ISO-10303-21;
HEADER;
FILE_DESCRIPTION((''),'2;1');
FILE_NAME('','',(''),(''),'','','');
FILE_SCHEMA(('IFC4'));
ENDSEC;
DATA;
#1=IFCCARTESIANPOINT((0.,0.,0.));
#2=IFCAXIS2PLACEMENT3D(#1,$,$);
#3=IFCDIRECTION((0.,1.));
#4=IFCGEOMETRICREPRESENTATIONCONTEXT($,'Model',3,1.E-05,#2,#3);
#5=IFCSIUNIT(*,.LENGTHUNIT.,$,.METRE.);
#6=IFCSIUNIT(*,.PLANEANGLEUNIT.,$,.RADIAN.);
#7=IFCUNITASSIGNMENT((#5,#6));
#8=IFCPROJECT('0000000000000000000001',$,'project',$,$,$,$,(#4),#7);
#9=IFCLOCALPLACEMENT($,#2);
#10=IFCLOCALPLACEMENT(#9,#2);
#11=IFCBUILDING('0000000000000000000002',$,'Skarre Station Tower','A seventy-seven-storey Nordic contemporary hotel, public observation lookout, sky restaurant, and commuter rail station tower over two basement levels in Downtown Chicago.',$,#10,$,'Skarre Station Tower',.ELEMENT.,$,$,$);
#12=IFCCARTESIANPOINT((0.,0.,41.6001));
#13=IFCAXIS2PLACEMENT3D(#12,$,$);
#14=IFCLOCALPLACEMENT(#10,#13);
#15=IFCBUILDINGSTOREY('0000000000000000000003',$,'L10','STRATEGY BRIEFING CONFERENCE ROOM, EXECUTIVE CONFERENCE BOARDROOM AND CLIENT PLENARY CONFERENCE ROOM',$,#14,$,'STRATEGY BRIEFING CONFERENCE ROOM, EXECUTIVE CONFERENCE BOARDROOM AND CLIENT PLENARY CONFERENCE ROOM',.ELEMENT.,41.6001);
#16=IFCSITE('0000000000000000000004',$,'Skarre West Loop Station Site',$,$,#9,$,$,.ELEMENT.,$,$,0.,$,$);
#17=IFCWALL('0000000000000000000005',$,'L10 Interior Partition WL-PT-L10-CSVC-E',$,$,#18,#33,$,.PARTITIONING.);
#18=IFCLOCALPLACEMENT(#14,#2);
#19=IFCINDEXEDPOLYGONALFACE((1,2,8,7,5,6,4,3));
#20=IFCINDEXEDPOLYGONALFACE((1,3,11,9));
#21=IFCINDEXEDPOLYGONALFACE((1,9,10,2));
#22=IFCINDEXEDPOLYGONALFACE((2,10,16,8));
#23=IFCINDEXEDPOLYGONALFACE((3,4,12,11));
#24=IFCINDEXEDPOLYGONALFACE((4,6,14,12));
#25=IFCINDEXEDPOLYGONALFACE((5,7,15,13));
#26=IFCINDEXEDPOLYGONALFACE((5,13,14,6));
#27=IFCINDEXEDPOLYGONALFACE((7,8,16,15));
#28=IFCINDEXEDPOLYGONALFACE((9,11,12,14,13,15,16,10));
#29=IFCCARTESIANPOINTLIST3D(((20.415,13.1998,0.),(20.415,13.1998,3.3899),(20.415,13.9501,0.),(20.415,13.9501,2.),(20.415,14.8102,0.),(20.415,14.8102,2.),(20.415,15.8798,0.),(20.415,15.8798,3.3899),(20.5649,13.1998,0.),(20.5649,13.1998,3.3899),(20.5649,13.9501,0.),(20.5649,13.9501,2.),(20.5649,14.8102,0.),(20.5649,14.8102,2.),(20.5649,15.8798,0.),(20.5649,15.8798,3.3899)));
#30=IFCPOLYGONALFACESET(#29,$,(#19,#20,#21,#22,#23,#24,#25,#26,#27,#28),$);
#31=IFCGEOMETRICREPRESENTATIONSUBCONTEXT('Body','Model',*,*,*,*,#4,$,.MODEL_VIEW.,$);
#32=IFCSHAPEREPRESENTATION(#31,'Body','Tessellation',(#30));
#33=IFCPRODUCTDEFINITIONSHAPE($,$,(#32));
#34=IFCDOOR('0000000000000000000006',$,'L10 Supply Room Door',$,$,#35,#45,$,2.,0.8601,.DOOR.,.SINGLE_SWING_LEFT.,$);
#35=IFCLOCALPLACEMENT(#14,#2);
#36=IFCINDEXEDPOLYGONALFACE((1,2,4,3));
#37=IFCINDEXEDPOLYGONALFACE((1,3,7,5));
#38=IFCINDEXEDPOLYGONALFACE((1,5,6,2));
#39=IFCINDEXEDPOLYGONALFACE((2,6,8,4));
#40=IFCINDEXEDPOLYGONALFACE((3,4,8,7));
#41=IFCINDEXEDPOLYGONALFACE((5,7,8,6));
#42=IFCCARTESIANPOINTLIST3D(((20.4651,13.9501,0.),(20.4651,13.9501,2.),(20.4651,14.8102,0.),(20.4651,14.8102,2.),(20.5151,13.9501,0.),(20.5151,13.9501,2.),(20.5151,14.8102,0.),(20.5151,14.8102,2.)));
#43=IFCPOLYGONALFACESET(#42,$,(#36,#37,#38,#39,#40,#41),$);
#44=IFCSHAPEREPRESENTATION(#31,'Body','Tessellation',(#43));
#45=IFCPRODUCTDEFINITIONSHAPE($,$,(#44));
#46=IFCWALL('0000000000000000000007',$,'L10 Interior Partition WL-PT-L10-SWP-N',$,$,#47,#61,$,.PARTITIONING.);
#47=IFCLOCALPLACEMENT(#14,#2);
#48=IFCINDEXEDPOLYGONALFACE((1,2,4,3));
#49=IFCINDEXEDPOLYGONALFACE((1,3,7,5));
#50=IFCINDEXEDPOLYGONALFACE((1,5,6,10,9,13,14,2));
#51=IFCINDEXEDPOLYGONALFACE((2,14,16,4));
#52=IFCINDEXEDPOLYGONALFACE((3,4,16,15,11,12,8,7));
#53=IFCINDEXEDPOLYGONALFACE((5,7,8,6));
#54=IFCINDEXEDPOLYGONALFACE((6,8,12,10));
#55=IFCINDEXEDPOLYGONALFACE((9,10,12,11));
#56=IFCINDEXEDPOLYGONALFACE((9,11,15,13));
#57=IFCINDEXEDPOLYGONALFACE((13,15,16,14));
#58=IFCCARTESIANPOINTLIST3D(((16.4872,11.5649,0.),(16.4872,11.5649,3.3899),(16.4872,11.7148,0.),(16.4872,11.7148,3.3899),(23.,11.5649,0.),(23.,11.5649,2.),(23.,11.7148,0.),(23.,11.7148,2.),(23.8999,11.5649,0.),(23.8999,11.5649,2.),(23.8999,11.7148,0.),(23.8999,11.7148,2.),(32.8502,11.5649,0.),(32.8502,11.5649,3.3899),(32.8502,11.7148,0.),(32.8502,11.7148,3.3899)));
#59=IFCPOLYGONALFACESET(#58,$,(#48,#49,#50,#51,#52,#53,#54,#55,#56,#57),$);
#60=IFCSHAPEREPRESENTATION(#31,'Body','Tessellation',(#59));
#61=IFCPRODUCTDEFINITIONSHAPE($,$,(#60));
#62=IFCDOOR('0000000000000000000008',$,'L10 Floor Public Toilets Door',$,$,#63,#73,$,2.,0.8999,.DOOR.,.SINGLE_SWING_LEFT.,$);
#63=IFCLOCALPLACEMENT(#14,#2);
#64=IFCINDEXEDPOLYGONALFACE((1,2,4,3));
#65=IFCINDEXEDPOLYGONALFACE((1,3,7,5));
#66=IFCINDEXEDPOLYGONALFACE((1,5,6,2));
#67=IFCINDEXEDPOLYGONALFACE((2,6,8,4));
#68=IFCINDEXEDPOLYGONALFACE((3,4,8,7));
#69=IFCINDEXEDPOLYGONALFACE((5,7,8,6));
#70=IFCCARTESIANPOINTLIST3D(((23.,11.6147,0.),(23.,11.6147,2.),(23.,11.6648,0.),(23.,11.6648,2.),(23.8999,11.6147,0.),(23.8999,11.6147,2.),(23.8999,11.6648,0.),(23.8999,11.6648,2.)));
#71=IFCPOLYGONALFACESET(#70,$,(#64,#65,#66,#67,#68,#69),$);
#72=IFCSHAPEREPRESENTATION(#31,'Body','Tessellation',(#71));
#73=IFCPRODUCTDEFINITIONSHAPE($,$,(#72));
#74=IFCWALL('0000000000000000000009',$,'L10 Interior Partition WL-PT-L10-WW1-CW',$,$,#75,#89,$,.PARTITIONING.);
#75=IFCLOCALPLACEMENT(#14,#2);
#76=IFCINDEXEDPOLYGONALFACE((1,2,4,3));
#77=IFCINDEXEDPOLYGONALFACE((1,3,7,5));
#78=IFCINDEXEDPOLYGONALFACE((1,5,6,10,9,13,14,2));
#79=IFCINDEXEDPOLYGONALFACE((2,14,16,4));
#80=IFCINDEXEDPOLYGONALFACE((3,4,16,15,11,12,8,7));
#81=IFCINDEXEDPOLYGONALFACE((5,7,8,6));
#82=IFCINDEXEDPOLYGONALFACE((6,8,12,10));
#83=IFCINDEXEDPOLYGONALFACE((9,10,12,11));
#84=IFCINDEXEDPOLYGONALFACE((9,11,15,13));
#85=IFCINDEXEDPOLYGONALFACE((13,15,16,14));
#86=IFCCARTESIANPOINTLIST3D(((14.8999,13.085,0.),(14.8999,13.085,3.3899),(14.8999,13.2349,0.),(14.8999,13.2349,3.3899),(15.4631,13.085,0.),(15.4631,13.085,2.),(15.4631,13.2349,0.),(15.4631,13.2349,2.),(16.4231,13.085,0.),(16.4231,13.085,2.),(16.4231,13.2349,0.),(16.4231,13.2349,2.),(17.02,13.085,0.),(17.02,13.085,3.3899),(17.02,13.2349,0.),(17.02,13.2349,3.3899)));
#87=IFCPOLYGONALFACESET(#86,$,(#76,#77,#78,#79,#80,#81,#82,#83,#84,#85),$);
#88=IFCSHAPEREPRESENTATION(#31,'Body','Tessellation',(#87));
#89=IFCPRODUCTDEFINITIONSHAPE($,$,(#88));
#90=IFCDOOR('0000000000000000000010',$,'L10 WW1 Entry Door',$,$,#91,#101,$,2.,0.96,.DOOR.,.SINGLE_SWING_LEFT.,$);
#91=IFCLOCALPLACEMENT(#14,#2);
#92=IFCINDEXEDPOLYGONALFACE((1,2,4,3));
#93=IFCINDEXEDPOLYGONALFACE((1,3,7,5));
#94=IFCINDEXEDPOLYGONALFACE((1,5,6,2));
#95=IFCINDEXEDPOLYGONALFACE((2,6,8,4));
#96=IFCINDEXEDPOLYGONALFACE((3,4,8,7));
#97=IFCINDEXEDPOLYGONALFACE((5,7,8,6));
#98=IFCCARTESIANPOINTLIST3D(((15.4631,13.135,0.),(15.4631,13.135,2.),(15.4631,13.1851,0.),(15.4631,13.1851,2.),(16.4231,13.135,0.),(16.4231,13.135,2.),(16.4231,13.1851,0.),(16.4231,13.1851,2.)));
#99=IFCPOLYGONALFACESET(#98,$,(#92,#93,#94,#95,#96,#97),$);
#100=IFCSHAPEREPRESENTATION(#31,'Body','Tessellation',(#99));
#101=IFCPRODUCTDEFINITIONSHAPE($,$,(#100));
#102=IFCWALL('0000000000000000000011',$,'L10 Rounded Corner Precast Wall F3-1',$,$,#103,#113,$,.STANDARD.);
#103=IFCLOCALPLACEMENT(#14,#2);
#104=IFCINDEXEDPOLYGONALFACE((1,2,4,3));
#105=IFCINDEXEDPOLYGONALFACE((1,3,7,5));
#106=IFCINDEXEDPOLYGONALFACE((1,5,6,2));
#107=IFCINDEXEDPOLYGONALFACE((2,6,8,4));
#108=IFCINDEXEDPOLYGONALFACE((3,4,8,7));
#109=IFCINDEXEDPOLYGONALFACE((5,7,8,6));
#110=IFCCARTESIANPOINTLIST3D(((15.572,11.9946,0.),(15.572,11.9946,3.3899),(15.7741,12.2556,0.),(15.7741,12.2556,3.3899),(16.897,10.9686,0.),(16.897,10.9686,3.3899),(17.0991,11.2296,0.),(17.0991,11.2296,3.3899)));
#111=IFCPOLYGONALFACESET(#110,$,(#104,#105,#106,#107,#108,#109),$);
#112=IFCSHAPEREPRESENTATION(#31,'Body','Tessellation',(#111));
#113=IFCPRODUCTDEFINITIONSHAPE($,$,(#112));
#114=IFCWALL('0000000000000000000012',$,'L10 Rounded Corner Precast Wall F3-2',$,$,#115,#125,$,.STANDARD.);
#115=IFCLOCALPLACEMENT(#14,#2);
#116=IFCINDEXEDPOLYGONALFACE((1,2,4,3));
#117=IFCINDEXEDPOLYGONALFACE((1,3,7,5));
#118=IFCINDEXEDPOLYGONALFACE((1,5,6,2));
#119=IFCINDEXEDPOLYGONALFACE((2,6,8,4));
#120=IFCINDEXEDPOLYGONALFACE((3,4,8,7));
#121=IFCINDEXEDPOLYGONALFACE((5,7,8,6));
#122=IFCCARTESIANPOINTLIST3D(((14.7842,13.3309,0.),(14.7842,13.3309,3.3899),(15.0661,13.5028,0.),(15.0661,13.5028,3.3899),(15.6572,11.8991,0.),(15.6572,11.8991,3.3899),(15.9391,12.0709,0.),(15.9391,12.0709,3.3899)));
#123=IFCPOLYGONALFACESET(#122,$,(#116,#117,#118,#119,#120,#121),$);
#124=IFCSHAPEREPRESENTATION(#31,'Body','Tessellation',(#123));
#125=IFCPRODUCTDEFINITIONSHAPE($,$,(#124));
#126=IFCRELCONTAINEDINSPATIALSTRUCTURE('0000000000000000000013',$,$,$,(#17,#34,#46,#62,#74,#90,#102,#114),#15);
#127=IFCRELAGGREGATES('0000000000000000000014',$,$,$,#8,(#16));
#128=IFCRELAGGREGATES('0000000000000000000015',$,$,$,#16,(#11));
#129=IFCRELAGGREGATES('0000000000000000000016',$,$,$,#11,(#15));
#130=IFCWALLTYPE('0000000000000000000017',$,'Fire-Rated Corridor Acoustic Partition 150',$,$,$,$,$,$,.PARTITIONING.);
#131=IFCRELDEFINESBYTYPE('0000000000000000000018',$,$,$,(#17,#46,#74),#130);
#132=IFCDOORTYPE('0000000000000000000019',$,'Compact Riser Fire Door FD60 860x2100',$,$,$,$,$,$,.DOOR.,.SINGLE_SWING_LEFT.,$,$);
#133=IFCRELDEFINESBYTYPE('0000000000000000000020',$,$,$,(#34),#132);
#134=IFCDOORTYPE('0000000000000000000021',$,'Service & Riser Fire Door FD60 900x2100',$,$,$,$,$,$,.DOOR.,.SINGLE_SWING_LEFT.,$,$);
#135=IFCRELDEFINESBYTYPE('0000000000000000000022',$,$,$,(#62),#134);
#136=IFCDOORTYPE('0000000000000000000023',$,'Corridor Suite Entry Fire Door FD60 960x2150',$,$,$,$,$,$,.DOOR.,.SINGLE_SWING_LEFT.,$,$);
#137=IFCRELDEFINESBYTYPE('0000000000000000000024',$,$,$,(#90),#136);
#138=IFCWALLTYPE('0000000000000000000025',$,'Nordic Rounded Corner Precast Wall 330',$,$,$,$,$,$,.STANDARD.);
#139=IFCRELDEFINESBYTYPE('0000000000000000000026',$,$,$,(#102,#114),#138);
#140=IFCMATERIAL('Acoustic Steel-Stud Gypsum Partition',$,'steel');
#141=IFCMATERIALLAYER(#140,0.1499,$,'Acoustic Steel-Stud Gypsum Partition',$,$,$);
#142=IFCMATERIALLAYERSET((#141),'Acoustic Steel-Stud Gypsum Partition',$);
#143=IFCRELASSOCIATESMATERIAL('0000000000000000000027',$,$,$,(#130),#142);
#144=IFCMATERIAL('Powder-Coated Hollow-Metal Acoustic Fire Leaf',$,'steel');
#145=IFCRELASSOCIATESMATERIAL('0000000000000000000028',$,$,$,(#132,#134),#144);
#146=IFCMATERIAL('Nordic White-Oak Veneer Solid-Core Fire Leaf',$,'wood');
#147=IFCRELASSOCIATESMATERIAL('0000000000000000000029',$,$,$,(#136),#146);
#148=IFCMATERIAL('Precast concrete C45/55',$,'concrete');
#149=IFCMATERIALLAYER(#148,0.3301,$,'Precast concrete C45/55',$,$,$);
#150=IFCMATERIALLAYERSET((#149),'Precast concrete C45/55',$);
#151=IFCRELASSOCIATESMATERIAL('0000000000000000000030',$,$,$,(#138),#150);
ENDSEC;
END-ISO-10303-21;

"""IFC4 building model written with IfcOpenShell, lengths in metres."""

from ifc_helpers import new_model, si_unit, direction, frame, frame_2d, origin, place, context, subcontext, project, spatial, rectangle, extrude, material, layer, layer_set, type_object, element, fill, save


model = new_model("IFC4")

# Units and contexts
model_context = context("Model", 3, precision=1e-05, world=origin(), true_north=direction((0.0, 1.0)))
body_context = subcontext(model_context, "Body", "Model", "MODEL_VIEW")
ifc_project = project(units=[si_unit("LENGTHUNIT", "METRE"), si_unit("PLANEANGLEUNIT", "RADIAN")], contexts=[model_context])

# Site, building, storey
site_placement = place(None, origin())
site = spatial("IfcSite", under=ifc_project, at=site_placement, Name="Skarre West Loop Station Site", CompositionType="ELEMENT", RefElevation=0.0)
building_placement = place(site_placement, origin())
building = spatial("IfcBuilding", under=site, at=building_placement, Name="Skarre Station Tower", Description="A seventy-seven-storey Nordic contemporary hotel, public observation lookout, sky restaurant, and commuter rail station tower over two basement levels in Downtown Chicago.", LongName="Skarre Station Tower", CompositionType="ELEMENT")
storey_placement = place(building_placement, frame((0.0, 0.0, 41.6001)))
storey = spatial("IfcBuildingStorey", under=building, at=storey_placement, Name="L10", Description="STRATEGY BRIEFING CONFERENCE ROOM, EXECUTIVE CONFERENCE BOARDROOM AND CLIENT PLENARY CONFERENCE ROOM", LongName="STRATEGY BRIEFING CONFERENCE ROOM, EXECUTIVE CONFERENCE BOARDROOM AND CLIENT PLENARY CONFERENCE ROOM", CompositionType="ELEMENT", Elevation=41.6001)

# Shared definitions
ifc_material_1 = material(Name="Acoustic Steel-Stud Gypsum Partition", Category="steel")
ifc_layer_1 = layer(ifc_material_1, 0.1499, Name="Acoustic Steel-Stud Gypsum Partition")
ifc_layer_set_1 = layer_set([ifc_layer_1], Name="Acoustic Steel-Stud Gypsum Partition")
wall_type_1 = type_object("IfcWallType", Name="Fire-Rated Corridor Acoustic Partition 150", PredefinedType="PARTITIONING", material=ifc_layer_set_1)

# Walls, openings, doors
wall_1_placement = place(storey_placement, frame((20.49, 13.2, 0.0), z_axis=(0.0, 0.0, 1.0), x_axis=(0.0, 1.0, 0.0)))
wall_1 = element("IfcWall", 1, at=wall_1_placement, inside=storey, type_object=wall_type_1, Name="L10 Interior Partition WL-PT-L10-CSVC-E", PredefinedType="PARTITIONING", context=body_context, shape_type="SweptSolid", body=[
    extrude(rectangle(XDim=2.6799, YDim=0.1499, at=frame_2d((1.3398, 0.0))), origin(), (0.0, 0.0, 1.0), 3.3899),
])
opening_1_placement = place(wall_1_placement, frame((0.75, 0.0, 0.0)))
opening_1 = element("IfcOpeningElement", 2, at=opening_1_placement, cuts=wall_1, PredefinedType="OPENING", context=body_context, shape_type="SweptSolid", body=[
    extrude(rectangle(XDim=0.8601, YDim=2.0, at=frame_2d((0.4302, 1.0))), frame((0.0, 0.085, 0.0), z_axis=(0.0, -1.0, 0.0), x_axis=(1.0, 0.0, 0.0)), (0.0, 0.0, 1.0), 0.1699),
])
ifc_material_2 = material(Name="Powder-Coated Hollow-Metal Acoustic Fire Leaf", Category="steel")
door_type_1 = type_object("IfcDoorType", Name="Compact Riser Fire Door FD60 860x2100", OperationType="SINGLE_SWING_LEFT", PredefinedType="DOOR", material=ifc_material_2)
door_1_placement = place(opening_1_placement, origin())
door_1 = element("IfcDoor", 3, at=door_1_placement, inside=storey, type_object=door_type_1, Name="L10 Supply Room Door", OperationType="SINGLE_SWING_LEFT", OverallHeight=2.0, OverallWidth=0.8601, PredefinedType="DOOR", context=body_context, shape_type="SweptSolid", body=[
    extrude(rectangle(XDim=0.8601, YDim=2.0, at=frame_2d((0.4302, 1.0))), frame((0.0, 0.0249, 0.0), z_axis=(0.0, -1.0, 0.0), x_axis=(1.0, 0.0, 0.0)), (0.0, 0.0, 1.0), 0.05),
])
fill(opening_1, door_1)
wall_2_placement = place(storey_placement, frame((16.4871, 11.6399, 0.0), z_axis=(0.0, 0.0, 1.0), x_axis=(1.0, 0.0, 0.0)))
wall_2 = element("IfcWall", 4, at=wall_2_placement, inside=storey, type_object=wall_type_1, Name="L10 Interior Partition WL-PT-L10-SWP-N", PredefinedType="PARTITIONING", context=body_context, shape_type="SweptSolid", body=[
    extrude(rectangle(XDim=16.363, YDim=0.1499, at=frame_2d((8.1816, 0.0))), origin(), (0.0, 0.0, 1.0), 3.3899),
])
opening_2_placement = place(wall_2_placement, frame((6.5129, 0.0, 0.0)))
opening_2 = element("IfcOpeningElement", 5, at=opening_2_placement, cuts=wall_2, PredefinedType="OPENING", context=body_context, shape_type="SweptSolid", body=[
    extrude(rectangle(XDim=0.8999, YDim=2.0, at=frame_2d((0.45, 1.0))), frame((0.0, 0.085, 0.0), z_axis=(0.0, -1.0, 0.0), x_axis=(1.0, 0.0, 0.0)), (0.0, 0.0, 1.0), 0.1699),
])
door_type_2 = type_object("IfcDoorType", Name="Service & Riser Fire Door FD60 900x2100", OperationType="SINGLE_SWING_LEFT", PredefinedType="DOOR", material=ifc_material_2)
door_2_placement = place(opening_2_placement, origin())
door_2 = element("IfcDoor", 6, at=door_2_placement, inside=storey, type_object=door_type_2, Name="L10 Floor Public Toilets Door", OperationType="SINGLE_SWING_LEFT", OverallHeight=2.0, OverallWidth=0.8999, PredefinedType="DOOR", context=body_context, shape_type="SweptSolid", body=[
    extrude(rectangle(XDim=0.8999, YDim=2.0, at=frame_2d((0.45, 1.0))), frame((0.0, 0.0249, 0.0), z_axis=(0.0, -1.0, 0.0), x_axis=(1.0, 0.0, 0.0)), (0.0, 0.0, 1.0), 0.05),
])
fill(opening_2, door_2)
wall_3_placement = place(storey_placement, frame((17.02, 13.1599, 0.0), z_axis=(0.0, 0.0, 1.0), x_axis=(-1.0, 0.0, 0.0)))
wall_3 = element("IfcWall", 7, at=wall_3_placement, inside=storey, type_object=wall_type_1, Name="L10 Interior Partition WL-PT-L10-WW1-CW", PredefinedType="PARTITIONING", context=body_context, shape_type="SweptSolid", body=[
    extrude(rectangle(XDim=2.1201, YDim=0.1499, at=frame_2d((1.0601, 0.0))), origin(), (0.0, 0.0, 1.0), 3.3899),
])
opening_3_placement = place(wall_3_placement, frame((0.5969, 0.0, 0.0)))
opening_3 = element("IfcOpeningElement", 8, at=opening_3_placement, cuts=wall_3, PredefinedType="OPENING", context=body_context, shape_type="SweptSolid", body=[
    extrude(rectangle(XDim=0.96, YDim=2.0, at=frame_2d((0.48, 1.0))), frame((0.0, 0.085, 0.0), z_axis=(0.0, -1.0, 0.0), x_axis=(1.0, 0.0, 0.0)), (0.0, 0.0, 1.0), 0.1699),
])
ifc_material_3 = material(Name="Nordic White-Oak Veneer Solid-Core Fire Leaf", Category="wood")
door_type_3 = type_object("IfcDoorType", Name="Corridor Suite Entry Fire Door FD60 960x2150", OperationType="SINGLE_SWING_LEFT", PredefinedType="DOOR", material=ifc_material_3)
door_3_placement = place(opening_3_placement, origin())
door_3 = element("IfcDoor", 9, at=door_3_placement, inside=storey, type_object=door_type_3, Name="L10 WW1 Entry Door", OperationType="SINGLE_SWING_LEFT", OverallHeight=2.0, OverallWidth=0.96, PredefinedType="DOOR", context=body_context, shape_type="SweptSolid", body=[
    extrude(rectangle(XDim=0.96, YDim=2.0, at=frame_2d((0.48, 1.0))), frame((0.0, 0.0249, 0.0), z_axis=(0.0, -1.0, 0.0), x_axis=(1.0, 0.0, 0.0)), (0.0, 0.0, 1.0), 0.05),
])
fill(opening_3, door_3)

# Walls
ifc_material_4 = material(Name="Precast concrete C45/55", Category="concrete")
ifc_layer_2 = layer(ifc_material_4, 0.3301, Name="Precast concrete C45/55")
ifc_layer_set_2 = layer_set([ifc_layer_2], Name="Precast concrete C45/55")
wall_type_2 = type_object("IfcWallType", Name="Nordic Rounded Corner Precast Wall 330", PredefinedType="STANDARD", material=ifc_layer_set_2)
wall_4_placement = place(storey_placement, frame((16.998, 11.0991, 0.0), z_axis=(0.0, 0.0, 1.0), x_axis=(-0.790692, 0.612214, 0.0)))
element("IfcWall", 10, at=wall_4_placement, inside=storey, type_object=wall_type_2, Name="L10 Rounded Corner Precast Wall F3-1", PredefinedType="STANDARD", context=body_context, shape_type="SweptSolid", body=[
    extrude(rectangle(XDim=1.6758, YDim=0.3301, at=frame_2d((0.8379, 0.0))), origin(), (0.0, 0.0, 1.0), 3.3899),
])
wall_5_placement = place(storey_placement, frame((15.7981, 11.9851, 0.0), z_axis=(0.0, 0.0, 1.0), x_axis=(-0.520584, 0.85381, 0.0)))
element("IfcWall", 11, at=wall_5_placement, inside=storey, type_object=wall_type_2, Name="L10 Rounded Corner Precast Wall F3-2", PredefinedType="STANDARD", context=body_context, shape_type="SweptSolid", body=[
    extrude(rectangle(XDim=1.677, YDim=0.3301, at=frame_2d((0.8384, 0.0))), origin(), (0.0, 0.0, 1.0), 3.3899),
])

save(model, "model.ifc")
